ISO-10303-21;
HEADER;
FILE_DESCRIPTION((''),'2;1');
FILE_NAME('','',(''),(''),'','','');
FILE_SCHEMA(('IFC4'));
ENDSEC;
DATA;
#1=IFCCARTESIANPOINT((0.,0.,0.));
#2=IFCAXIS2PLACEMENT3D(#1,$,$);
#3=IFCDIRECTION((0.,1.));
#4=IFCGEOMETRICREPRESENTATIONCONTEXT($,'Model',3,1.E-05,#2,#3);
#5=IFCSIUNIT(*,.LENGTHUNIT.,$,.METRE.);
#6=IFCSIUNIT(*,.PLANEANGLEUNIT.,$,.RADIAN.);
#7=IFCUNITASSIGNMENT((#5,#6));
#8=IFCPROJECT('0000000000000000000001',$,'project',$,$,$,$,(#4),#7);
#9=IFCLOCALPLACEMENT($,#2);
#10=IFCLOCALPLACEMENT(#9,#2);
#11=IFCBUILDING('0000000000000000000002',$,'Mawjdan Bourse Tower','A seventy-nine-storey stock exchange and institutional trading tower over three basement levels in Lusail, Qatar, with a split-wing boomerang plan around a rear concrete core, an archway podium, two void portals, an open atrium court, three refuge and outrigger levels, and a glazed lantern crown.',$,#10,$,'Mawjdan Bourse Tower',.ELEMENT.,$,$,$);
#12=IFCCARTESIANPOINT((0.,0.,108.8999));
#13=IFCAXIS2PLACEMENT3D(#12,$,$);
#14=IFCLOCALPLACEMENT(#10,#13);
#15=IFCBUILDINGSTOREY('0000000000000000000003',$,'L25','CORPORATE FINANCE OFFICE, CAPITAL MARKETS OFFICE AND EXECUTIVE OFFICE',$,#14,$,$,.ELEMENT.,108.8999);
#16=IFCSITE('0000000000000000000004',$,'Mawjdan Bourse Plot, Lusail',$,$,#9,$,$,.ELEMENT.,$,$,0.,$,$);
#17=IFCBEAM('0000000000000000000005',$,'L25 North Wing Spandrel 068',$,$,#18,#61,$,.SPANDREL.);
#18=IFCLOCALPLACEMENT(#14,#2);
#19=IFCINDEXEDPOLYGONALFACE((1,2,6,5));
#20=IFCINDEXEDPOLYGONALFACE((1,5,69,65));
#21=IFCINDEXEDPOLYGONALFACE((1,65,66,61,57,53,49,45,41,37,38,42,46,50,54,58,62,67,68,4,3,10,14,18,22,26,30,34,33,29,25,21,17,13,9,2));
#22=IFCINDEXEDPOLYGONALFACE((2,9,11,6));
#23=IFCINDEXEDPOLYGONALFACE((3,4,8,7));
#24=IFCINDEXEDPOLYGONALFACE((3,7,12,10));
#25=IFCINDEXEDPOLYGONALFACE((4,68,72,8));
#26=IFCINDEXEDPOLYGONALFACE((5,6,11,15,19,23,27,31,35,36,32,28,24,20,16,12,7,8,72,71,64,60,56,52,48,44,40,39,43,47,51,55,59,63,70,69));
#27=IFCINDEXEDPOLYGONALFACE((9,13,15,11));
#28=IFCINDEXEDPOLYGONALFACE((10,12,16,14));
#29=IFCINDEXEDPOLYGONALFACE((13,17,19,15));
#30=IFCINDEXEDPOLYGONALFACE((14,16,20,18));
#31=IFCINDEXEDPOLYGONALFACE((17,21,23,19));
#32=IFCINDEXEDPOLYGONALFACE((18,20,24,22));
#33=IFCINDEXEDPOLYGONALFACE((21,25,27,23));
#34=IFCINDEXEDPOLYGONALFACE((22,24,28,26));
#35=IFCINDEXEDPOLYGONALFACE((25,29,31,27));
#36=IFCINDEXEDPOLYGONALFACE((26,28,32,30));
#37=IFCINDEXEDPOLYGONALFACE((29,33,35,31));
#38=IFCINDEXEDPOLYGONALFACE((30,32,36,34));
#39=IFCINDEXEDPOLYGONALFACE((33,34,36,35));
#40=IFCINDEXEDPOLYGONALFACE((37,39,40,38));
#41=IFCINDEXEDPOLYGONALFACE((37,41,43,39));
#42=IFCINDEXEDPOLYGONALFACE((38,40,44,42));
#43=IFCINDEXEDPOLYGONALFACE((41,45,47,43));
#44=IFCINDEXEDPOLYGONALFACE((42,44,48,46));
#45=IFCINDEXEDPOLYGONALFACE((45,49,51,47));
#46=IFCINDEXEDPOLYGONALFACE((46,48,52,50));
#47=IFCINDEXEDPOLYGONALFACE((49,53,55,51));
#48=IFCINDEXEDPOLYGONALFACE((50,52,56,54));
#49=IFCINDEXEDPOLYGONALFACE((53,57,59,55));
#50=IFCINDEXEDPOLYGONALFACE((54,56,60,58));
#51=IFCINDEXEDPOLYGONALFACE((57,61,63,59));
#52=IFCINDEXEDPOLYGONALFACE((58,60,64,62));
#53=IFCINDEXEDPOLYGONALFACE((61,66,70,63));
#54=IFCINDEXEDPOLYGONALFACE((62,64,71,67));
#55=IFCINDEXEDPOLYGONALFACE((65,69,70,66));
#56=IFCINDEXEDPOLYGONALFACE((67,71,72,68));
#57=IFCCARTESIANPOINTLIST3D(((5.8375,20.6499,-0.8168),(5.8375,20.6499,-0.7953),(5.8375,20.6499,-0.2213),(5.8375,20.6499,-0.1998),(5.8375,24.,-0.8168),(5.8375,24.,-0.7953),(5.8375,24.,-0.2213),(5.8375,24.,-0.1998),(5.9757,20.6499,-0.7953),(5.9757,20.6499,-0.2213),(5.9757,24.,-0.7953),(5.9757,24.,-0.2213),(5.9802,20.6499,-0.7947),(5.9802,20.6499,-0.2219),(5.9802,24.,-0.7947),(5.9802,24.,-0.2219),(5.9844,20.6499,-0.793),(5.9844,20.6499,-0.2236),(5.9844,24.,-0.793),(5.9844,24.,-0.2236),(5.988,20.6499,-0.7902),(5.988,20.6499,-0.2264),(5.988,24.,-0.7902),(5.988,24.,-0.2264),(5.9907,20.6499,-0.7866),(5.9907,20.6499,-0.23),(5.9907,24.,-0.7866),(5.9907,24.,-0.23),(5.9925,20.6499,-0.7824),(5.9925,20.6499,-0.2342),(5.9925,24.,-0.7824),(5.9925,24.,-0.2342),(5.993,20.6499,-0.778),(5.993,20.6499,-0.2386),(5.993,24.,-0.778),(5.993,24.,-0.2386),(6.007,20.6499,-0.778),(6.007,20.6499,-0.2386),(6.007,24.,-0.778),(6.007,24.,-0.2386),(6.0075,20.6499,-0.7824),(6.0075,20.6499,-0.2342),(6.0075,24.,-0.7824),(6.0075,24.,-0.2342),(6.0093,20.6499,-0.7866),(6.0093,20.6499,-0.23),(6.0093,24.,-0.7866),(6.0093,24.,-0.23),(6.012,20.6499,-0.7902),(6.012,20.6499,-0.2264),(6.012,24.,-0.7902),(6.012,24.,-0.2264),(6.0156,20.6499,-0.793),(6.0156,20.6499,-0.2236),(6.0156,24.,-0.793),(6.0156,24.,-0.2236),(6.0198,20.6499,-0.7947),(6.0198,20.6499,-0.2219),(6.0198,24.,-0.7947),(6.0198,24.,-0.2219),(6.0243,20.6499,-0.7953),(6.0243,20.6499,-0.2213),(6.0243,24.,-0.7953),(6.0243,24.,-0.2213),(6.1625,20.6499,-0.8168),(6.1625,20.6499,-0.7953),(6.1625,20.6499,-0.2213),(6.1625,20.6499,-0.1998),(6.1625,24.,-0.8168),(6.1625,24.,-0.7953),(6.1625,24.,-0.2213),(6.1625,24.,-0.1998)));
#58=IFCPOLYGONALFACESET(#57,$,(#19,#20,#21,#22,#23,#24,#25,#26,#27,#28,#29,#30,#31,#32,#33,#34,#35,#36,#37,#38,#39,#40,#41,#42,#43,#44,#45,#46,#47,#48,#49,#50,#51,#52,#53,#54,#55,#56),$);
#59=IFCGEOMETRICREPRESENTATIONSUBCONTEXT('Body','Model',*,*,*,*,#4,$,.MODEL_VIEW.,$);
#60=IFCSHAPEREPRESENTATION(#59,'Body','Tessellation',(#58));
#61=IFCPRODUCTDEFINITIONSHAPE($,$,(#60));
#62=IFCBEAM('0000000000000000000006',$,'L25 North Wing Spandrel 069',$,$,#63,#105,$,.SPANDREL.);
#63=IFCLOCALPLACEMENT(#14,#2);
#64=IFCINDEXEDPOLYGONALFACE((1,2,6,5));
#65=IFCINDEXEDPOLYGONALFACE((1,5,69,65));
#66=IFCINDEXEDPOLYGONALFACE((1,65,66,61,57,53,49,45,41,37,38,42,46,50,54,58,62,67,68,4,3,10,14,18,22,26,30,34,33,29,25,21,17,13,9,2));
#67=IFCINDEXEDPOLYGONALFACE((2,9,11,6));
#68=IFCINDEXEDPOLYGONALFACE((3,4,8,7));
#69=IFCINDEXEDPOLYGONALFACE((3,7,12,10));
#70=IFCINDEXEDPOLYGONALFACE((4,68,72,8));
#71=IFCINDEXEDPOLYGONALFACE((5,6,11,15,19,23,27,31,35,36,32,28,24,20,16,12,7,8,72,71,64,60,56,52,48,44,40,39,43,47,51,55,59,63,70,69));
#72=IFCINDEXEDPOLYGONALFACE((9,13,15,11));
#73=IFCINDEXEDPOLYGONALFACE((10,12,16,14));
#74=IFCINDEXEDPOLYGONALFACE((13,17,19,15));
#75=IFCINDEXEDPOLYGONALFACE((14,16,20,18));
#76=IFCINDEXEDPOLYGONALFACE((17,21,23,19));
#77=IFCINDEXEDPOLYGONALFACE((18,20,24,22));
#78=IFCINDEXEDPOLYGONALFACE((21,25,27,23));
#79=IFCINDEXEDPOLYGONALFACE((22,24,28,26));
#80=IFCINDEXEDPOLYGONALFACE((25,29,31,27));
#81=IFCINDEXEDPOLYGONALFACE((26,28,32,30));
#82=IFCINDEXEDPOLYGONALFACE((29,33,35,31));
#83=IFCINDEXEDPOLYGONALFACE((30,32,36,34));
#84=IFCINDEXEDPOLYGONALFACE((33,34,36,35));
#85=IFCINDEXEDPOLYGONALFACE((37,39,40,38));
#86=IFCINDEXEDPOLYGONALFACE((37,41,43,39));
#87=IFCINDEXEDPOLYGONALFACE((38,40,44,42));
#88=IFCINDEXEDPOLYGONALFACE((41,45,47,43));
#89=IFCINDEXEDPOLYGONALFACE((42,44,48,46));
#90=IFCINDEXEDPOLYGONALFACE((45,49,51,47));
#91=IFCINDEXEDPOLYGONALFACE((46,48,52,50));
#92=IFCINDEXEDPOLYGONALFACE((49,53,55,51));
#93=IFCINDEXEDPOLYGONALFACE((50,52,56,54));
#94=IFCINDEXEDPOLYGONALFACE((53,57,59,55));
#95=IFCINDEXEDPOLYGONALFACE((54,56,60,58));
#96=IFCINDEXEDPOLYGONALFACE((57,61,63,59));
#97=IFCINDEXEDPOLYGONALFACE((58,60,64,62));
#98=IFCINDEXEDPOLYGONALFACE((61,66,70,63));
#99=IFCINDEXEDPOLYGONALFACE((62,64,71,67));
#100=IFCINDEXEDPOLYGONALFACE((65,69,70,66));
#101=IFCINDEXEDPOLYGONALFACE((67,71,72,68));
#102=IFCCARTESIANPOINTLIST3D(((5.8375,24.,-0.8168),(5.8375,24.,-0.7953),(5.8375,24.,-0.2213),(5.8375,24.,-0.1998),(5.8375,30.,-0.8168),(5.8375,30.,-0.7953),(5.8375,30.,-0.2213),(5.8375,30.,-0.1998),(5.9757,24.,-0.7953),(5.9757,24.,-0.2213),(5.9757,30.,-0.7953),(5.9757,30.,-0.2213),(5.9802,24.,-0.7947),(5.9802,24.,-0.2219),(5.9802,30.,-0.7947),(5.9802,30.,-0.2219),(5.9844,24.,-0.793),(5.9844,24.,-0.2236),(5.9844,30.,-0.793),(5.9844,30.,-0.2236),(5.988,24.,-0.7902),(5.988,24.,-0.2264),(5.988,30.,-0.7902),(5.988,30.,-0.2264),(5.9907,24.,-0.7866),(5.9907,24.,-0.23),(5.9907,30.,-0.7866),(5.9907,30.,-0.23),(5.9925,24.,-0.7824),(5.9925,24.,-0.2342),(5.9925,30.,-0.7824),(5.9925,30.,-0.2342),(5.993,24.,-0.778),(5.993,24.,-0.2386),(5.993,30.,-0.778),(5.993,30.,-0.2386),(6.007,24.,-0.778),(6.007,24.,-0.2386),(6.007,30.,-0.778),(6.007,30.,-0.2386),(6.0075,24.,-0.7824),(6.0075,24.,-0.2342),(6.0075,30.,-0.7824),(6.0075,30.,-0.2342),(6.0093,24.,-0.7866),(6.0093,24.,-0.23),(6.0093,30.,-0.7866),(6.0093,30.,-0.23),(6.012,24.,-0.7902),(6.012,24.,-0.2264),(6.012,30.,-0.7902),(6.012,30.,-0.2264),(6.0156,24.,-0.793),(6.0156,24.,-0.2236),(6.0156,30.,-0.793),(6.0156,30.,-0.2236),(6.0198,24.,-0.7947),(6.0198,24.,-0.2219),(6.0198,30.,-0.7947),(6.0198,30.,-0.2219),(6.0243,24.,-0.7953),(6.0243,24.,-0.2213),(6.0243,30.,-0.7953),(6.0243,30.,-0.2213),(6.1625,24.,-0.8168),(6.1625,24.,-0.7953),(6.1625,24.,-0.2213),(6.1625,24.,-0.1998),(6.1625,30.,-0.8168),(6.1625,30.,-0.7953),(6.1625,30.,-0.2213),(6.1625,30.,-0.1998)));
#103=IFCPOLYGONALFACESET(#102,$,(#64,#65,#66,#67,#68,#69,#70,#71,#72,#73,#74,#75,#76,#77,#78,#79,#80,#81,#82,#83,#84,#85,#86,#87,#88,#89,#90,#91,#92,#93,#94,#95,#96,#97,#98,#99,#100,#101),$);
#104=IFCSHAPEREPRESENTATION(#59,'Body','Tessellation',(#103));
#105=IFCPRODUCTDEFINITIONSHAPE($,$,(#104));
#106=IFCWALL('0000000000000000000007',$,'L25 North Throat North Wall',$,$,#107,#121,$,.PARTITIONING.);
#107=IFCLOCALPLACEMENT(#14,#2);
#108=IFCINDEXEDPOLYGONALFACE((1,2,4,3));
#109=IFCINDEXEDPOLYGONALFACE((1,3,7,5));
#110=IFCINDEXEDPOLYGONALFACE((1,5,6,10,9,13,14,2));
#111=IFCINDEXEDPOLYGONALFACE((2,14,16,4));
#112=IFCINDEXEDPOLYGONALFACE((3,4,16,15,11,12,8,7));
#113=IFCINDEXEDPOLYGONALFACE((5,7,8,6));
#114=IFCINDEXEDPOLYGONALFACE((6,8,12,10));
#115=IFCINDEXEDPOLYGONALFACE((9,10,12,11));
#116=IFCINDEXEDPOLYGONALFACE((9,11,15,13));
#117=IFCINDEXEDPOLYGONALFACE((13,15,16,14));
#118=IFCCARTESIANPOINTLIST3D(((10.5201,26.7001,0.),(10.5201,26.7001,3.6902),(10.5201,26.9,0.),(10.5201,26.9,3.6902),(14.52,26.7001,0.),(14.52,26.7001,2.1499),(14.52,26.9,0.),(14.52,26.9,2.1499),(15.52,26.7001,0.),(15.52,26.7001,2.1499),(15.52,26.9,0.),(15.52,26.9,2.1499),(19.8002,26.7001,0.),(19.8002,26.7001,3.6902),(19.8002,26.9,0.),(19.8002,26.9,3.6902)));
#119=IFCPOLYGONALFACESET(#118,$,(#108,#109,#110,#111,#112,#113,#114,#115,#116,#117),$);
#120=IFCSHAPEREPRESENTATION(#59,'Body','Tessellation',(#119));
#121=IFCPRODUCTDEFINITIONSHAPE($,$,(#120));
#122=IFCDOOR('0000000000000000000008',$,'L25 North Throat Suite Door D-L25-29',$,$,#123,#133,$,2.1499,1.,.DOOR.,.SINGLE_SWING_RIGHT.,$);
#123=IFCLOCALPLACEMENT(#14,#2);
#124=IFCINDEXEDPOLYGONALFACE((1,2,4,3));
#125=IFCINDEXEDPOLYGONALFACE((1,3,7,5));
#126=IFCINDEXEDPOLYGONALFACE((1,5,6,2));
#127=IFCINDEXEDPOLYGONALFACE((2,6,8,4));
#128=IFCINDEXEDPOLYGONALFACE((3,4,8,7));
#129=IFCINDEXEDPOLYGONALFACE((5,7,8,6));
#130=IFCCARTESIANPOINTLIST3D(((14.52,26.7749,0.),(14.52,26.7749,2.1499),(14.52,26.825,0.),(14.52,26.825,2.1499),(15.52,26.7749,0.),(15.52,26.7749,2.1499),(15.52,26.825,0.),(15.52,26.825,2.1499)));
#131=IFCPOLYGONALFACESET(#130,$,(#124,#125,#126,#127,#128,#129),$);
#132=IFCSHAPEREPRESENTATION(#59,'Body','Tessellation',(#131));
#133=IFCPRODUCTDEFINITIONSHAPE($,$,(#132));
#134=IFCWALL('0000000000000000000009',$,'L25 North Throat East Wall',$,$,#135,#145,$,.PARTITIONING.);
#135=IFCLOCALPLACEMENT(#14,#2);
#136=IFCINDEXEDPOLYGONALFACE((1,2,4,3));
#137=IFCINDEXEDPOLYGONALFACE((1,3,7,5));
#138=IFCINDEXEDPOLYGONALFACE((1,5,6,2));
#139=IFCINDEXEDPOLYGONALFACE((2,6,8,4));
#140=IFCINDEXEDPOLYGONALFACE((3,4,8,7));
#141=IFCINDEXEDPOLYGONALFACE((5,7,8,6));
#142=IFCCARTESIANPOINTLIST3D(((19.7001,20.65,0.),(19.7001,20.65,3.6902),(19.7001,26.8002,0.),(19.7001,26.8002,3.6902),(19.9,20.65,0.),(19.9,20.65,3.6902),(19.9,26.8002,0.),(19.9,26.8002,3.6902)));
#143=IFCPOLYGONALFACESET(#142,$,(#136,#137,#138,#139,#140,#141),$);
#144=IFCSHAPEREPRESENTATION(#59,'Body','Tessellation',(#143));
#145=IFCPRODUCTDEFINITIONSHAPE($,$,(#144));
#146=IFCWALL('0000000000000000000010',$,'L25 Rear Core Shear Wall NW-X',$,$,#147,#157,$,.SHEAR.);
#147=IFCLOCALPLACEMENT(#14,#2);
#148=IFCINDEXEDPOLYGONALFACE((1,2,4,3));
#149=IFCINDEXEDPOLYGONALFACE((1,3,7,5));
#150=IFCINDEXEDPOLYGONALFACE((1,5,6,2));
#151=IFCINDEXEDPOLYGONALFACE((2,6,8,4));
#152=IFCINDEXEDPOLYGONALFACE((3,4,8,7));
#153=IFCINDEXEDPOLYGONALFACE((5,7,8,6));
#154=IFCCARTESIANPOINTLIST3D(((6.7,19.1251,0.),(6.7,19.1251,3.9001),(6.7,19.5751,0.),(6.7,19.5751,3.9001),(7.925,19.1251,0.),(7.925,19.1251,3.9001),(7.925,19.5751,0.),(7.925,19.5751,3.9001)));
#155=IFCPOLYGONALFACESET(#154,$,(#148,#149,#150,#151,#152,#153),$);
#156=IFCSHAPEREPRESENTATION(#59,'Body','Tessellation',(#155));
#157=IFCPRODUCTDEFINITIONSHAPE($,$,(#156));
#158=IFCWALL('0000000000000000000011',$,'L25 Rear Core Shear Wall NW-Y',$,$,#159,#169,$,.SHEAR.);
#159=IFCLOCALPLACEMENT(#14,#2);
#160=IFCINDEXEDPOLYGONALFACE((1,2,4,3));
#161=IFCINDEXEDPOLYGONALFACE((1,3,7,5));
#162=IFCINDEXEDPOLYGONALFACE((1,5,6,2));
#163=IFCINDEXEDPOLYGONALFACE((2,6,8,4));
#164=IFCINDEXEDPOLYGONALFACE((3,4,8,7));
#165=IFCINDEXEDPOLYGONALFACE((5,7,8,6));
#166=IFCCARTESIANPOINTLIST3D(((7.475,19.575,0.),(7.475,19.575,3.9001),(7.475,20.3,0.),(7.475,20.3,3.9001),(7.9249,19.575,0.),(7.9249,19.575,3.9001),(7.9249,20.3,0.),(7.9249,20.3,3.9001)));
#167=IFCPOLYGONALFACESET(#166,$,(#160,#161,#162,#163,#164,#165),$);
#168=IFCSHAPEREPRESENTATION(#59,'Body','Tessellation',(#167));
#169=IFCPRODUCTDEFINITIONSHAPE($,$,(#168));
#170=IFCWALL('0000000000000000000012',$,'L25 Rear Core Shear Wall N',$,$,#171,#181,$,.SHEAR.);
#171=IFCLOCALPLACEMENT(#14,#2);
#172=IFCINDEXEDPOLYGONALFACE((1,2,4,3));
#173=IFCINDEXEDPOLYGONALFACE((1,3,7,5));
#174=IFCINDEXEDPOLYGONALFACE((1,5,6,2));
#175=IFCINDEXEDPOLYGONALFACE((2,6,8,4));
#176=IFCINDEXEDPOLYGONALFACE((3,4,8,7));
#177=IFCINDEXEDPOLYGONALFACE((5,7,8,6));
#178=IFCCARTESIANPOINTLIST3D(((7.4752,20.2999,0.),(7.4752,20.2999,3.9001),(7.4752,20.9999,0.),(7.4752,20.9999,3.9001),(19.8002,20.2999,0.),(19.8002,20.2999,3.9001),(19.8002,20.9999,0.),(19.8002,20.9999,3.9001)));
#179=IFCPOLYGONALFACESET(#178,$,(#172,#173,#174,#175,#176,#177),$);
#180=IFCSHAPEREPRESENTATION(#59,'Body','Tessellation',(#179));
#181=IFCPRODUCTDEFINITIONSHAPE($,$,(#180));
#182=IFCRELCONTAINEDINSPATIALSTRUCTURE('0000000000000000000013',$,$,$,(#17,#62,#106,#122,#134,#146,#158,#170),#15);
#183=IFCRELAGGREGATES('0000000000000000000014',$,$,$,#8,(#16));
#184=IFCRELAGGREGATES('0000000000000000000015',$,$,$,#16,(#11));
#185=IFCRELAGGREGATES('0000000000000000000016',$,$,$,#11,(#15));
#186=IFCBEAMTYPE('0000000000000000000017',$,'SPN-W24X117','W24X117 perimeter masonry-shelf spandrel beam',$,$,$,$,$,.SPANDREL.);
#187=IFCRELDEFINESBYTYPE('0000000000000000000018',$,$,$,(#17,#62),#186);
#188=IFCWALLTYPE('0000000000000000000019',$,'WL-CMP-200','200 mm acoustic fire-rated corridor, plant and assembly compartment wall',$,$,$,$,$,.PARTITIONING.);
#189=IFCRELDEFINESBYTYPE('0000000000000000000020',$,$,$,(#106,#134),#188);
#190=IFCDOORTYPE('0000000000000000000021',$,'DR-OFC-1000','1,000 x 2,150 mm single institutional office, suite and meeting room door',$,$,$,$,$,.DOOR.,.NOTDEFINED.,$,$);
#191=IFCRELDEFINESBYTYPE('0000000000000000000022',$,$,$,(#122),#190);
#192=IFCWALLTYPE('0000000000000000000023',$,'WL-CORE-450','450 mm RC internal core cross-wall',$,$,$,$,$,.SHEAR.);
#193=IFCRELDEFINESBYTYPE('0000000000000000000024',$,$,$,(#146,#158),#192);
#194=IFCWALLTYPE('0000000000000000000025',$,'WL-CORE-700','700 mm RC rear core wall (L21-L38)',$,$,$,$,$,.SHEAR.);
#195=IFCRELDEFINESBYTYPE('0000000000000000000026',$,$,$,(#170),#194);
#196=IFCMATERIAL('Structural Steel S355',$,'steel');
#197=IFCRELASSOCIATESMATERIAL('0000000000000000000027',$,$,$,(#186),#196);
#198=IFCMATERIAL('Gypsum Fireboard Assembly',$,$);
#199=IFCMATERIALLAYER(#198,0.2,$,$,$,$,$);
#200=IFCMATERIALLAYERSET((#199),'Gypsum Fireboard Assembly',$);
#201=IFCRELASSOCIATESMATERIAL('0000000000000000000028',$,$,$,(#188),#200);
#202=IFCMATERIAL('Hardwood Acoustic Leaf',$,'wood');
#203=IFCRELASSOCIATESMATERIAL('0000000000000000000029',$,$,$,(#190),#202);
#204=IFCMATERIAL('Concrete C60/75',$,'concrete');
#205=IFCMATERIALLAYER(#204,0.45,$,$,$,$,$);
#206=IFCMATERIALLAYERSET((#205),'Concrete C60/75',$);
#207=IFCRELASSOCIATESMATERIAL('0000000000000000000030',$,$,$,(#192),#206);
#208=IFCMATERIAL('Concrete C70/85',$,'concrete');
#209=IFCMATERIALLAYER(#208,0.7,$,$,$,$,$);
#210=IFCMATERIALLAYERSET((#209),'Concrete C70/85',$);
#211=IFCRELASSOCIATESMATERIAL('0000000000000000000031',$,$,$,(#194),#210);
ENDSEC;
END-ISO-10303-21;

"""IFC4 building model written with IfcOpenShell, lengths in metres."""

from ifc_helpers import new_model, si_unit, direction, frame, frame_2d, origin, origin_2d, place, context, subcontext, project, spatial, rectangle, i_section, extrude, material, layer, layer_set, material_profile, profile_set, type_object, element, fill, save


model = new_model("IFC4")

# Units and contexts
model_context = context("Model", 3, precision=1e-05, world=origin(), true_north=direction((0.0, 1.0)))
body_context = subcontext(model_context, "Body", "Model", "MODEL_VIEW")
ifc_project = project(units=[si_unit("LENGTHUNIT", "METRE"), si_unit("PLANEANGLEUNIT", "RADIAN")], contexts=[model_context])

# Site, building, storey
site_placement = place(None, origin())
site = spatial("IfcSite", under=ifc_project, at=site_placement, Name="Mawjdan Bourse Plot, Lusail", CompositionType="ELEMENT", RefElevation=0.0)
building_placement = place(site_placement, origin())
building = spatial("IfcBuilding", under=site, at=building_placement, Name="Mawjdan Bourse Tower", Description="A seventy-nine-storey stock exchange and institutional trading tower over three basement levels in Lusail, Qatar, with a split-wing boomerang plan around a rear concrete core, an archway podium, two void portals, an open atrium court, three refuge and outrigger levels, and a glazed lantern crown.", LongName="Mawjdan Bourse Tower", CompositionType="ELEMENT")
storey_placement = place(building_placement, frame((0.0, 0.0, 108.8999)))
storey = spatial("IfcBuildingStorey", under=building, at=storey_placement, Name="L25", Description="CORPORATE FINANCE OFFICE, CAPITAL MARKETS OFFICE AND EXECUTIVE OFFICE", CompositionType="ELEMENT", Elevation=108.8999)

# Shared definitions
ifc_material_1 = material(Name="Concrete C70/85", Category="concrete")

# Beams
ifc_material_2 = material(Name="Structural Steel S355", Category="steel")
ifc_material_profile_1 = material_profile(ifc_material_2, i_section(OverallWidth=0.325, OverallDepth=0.6169, WebThickness=0.0139, FlangeThickness=0.0215, FilletRadius=0.0173, at=origin_2d()), Name="W24X117")
ifc_profile_set_1 = profile_set([ifc_material_profile_1], Name="Structural Steel S355")
beam_type_1 = type_object("IfcBeamType", Name="SPN-W24X117", Description="W24X117 perimeter masonry-shelf spandrel beam", PredefinedType="SPANDREL", material=ifc_profile_set_1)
beam_1_placement = place(storey_placement, frame((6.0, 20.6499, -0.5083), z_axis=(0.0, 1.0, 0.0), x_axis=(-1.0, 0.0, 0.0)))
element("IfcBeam", 1, at=beam_1_placement, inside=storey, type_object=beam_type_1, Name="L25 North Wing Spandrel 068", PredefinedType="SPANDREL", context=body_context, shape_type="SweptSolid", body=[
    extrude(i_section(OverallWidth=0.325, OverallDepth=0.6169, WebThickness=0.0139, FlangeThickness=0.0215, FilletRadius=0.0173, at=origin_2d()), origin(), (0.0, 0.0, 1.0), 3.3501),
])
beam_2_placement = place(storey_placement, frame((6.0, 24.0, -0.5083), z_axis=(0.0, 1.0, 0.0), x_axis=(-1.0, 0.0, 0.0)))
element("IfcBeam", 2, at=beam_2_placement, inside=storey, type_object=beam_type_1, Name="L25 North Wing Spandrel 069", PredefinedType="SPANDREL", context=body_context, shape_type="SweptSolid", body=[
    extrude(i_section(OverallWidth=0.325, OverallDepth=0.6169, WebThickness=0.0139, FlangeThickness=0.0215, FilletRadius=0.0173, at=origin_2d()), origin(), (0.0, 0.0, 1.0), 6.0),
])

# Wall, opening, door
ifc_material_3 = material(Name="Gypsum Fireboard Assembly")
ifc_layer_1 = layer(ifc_material_3, 0.2)
ifc_layer_set_1 = layer_set([ifc_layer_1], Name="Gypsum Fireboard Assembly")
wall_type_1 = type_object("IfcWallType", Name="WL-CMP-200", Description="200 mm acoustic fire-rated corridor, plant and assembly compartment wall", PredefinedType="PARTITIONING", material=ifc_layer_set_1)
wall_1_placement = place(storey_placement, frame((10.52, 26.8, 0.0), z_axis=(0.0, 0.0, 1.0), x_axis=(1.0, 0.0, 0.0)))
wall_1 = element("IfcWall", 3, at=wall_1_placement, inside=storey, type_object=wall_type_1, Name="L25 North Throat North Wall", PredefinedType="PARTITIONING", context=body_context, shape_type="SweptSolid", body=[
    extrude(rectangle(XDim=9.28, YDim=0.2, at=frame_2d((4.6401, 0.0))), origin(), (0.0, 0.0, 1.0), 3.6902),
])
opening_1_placement = place(wall_1_placement, frame((4.0, 0.0, 0.0)))
opening_1 = element("IfcOpeningElement", 4, at=opening_1_placement, cuts=wall_1, PredefinedType="OPENING", context=body_context, shape_type="SweptSolid", body=[
    extrude(rectangle(XDim=1.0, YDim=2.1499, at=frame_2d((0.5, 1.075))), frame((0.0, 0.1099, 0.0), z_axis=(0.0, -1.0, 0.0), x_axis=(1.0, 0.0, 0.0)), (0.0, 0.0, 1.0), 0.22),
])
ifc_material_4 = material(Name="Hardwood Acoustic Leaf", Category="wood")
door_type_1 = type_object("IfcDoorType", Name="DR-OFC-1000", Description="1,000 x 2,150 mm single institutional office, suite and meeting room door", OperationType="NOTDEFINED", PredefinedType="DOOR", material=ifc_material_4)
door_1_placement = place(opening_1_placement, origin())
door_1 = element("IfcDoor", 5, at=door_1_placement, inside=storey, type_object=door_type_1, Name="L25 North Throat Suite Door D-L25-29", OperationType="SINGLE_SWING_RIGHT", OverallHeight=2.1499, OverallWidth=1.0, PredefinedType="DOOR", context=body_context, shape_type="SweptSolid", body=[
    extrude(rectangle(XDim=1.0, YDim=2.1499, at=frame_2d((0.5, 1.075))), frame((0.0, 0.0249, 0.0), z_axis=(0.0, -1.0, 0.0), x_axis=(1.0, 0.0, 0.0)), (0.0, 0.0, 1.0), 0.05),
])
fill(opening_1, door_1)

# Walls
wall_2_placement = place(storey_placement, frame((19.8, 20.6499, 0.0), z_axis=(0.0, 0.0, 1.0), x_axis=(0.0, 1.0, 0.0)))
element("IfcWall", 6, at=wall_2_placement, inside=storey, type_object=wall_type_1, Name="L25 North Throat East Wall", PredefinedType="PARTITIONING", context=body_context, shape_type="SweptSolid", body=[
    extrude(rectangle(XDim=6.1501, YDim=0.2, at=frame_2d((3.0752, 0.0))), origin(), (0.0, 0.0, 1.0), 3.6902),
])
ifc_material_5 = material(Name="Concrete C60/75", Category="concrete")
ifc_layer_2 = layer(ifc_material_5, 0.45)
ifc_layer_set_2 = layer_set([ifc_layer_2], Name="Concrete C60/75")
wall_type_2 = type_object("IfcWallType", Name="WL-CORE-450", Description="450 mm RC internal core cross-wall", PredefinedType="SHEAR", material=ifc_layer_set_2)
wall_3_placement = place(storey_placement, frame((6.7, 19.3501, 0.0), z_axis=(0.0, 0.0, 1.0), x_axis=(1.0, 0.0, 0.0)))
element("IfcWall", 7, at=wall_3_placement, inside=storey, type_object=wall_type_2, Name="L25 Rear Core Shear Wall NW-X", PredefinedType="SHEAR", context=body_context, shape_type="SweptSolid", body=[
    extrude(rectangle(XDim=1.2251, YDim=0.45, at=frame_2d((0.6125, 0.0))), origin(), (0.0, 0.0, 1.0), 3.9001),
])
wall_4_placement = place(storey_placement, frame((7.7, 19.575, 0.0), z_axis=(0.0, 0.0, 1.0), x_axis=(0.0, 1.0, 0.0)))
element("IfcWall", 8, at=wall_4_placement, inside=storey, type_object=wall_type_2, Name="L25 Rear Core Shear Wall NW-Y", PredefinedType="SHEAR", context=body_context, shape_type="SweptSolid", body=[
    extrude(rectangle(XDim=0.7251, YDim=0.45, at=frame_2d((0.3625, 0.0))), origin(), (0.0, 0.0, 1.0), 3.9001),
])
ifc_layer_3 = layer(ifc_material_1, 0.7)
ifc_layer_set_3 = layer_set([ifc_layer_3], Name="Concrete C70/85")
wall_type_3 = type_object("IfcWallType", Name="WL-CORE-700", Description="700 mm RC rear core wall (L21-L38)", PredefinedType="SHEAR", material=ifc_layer_set_3)
wall_5_placement = place(storey_placement, frame((7.4751, 20.6499, 0.0), z_axis=(0.0, 0.0, 1.0), x_axis=(1.0, 0.0, 0.0)))
element("IfcWall", 9, at=wall_5_placement, inside=storey, type_object=wall_type_3, Name="L25 Rear Core Shear Wall N", PredefinedType="SHEAR", context=body_context, shape_type="SweptSolid", body=[
    extrude(rectangle(XDim=12.325, YDim=0.7, at=frame_2d((6.1626, 0.0))), origin(), (0.0, 0.0, 1.0), 3.9001),
])

save(model, "model.ifc")
